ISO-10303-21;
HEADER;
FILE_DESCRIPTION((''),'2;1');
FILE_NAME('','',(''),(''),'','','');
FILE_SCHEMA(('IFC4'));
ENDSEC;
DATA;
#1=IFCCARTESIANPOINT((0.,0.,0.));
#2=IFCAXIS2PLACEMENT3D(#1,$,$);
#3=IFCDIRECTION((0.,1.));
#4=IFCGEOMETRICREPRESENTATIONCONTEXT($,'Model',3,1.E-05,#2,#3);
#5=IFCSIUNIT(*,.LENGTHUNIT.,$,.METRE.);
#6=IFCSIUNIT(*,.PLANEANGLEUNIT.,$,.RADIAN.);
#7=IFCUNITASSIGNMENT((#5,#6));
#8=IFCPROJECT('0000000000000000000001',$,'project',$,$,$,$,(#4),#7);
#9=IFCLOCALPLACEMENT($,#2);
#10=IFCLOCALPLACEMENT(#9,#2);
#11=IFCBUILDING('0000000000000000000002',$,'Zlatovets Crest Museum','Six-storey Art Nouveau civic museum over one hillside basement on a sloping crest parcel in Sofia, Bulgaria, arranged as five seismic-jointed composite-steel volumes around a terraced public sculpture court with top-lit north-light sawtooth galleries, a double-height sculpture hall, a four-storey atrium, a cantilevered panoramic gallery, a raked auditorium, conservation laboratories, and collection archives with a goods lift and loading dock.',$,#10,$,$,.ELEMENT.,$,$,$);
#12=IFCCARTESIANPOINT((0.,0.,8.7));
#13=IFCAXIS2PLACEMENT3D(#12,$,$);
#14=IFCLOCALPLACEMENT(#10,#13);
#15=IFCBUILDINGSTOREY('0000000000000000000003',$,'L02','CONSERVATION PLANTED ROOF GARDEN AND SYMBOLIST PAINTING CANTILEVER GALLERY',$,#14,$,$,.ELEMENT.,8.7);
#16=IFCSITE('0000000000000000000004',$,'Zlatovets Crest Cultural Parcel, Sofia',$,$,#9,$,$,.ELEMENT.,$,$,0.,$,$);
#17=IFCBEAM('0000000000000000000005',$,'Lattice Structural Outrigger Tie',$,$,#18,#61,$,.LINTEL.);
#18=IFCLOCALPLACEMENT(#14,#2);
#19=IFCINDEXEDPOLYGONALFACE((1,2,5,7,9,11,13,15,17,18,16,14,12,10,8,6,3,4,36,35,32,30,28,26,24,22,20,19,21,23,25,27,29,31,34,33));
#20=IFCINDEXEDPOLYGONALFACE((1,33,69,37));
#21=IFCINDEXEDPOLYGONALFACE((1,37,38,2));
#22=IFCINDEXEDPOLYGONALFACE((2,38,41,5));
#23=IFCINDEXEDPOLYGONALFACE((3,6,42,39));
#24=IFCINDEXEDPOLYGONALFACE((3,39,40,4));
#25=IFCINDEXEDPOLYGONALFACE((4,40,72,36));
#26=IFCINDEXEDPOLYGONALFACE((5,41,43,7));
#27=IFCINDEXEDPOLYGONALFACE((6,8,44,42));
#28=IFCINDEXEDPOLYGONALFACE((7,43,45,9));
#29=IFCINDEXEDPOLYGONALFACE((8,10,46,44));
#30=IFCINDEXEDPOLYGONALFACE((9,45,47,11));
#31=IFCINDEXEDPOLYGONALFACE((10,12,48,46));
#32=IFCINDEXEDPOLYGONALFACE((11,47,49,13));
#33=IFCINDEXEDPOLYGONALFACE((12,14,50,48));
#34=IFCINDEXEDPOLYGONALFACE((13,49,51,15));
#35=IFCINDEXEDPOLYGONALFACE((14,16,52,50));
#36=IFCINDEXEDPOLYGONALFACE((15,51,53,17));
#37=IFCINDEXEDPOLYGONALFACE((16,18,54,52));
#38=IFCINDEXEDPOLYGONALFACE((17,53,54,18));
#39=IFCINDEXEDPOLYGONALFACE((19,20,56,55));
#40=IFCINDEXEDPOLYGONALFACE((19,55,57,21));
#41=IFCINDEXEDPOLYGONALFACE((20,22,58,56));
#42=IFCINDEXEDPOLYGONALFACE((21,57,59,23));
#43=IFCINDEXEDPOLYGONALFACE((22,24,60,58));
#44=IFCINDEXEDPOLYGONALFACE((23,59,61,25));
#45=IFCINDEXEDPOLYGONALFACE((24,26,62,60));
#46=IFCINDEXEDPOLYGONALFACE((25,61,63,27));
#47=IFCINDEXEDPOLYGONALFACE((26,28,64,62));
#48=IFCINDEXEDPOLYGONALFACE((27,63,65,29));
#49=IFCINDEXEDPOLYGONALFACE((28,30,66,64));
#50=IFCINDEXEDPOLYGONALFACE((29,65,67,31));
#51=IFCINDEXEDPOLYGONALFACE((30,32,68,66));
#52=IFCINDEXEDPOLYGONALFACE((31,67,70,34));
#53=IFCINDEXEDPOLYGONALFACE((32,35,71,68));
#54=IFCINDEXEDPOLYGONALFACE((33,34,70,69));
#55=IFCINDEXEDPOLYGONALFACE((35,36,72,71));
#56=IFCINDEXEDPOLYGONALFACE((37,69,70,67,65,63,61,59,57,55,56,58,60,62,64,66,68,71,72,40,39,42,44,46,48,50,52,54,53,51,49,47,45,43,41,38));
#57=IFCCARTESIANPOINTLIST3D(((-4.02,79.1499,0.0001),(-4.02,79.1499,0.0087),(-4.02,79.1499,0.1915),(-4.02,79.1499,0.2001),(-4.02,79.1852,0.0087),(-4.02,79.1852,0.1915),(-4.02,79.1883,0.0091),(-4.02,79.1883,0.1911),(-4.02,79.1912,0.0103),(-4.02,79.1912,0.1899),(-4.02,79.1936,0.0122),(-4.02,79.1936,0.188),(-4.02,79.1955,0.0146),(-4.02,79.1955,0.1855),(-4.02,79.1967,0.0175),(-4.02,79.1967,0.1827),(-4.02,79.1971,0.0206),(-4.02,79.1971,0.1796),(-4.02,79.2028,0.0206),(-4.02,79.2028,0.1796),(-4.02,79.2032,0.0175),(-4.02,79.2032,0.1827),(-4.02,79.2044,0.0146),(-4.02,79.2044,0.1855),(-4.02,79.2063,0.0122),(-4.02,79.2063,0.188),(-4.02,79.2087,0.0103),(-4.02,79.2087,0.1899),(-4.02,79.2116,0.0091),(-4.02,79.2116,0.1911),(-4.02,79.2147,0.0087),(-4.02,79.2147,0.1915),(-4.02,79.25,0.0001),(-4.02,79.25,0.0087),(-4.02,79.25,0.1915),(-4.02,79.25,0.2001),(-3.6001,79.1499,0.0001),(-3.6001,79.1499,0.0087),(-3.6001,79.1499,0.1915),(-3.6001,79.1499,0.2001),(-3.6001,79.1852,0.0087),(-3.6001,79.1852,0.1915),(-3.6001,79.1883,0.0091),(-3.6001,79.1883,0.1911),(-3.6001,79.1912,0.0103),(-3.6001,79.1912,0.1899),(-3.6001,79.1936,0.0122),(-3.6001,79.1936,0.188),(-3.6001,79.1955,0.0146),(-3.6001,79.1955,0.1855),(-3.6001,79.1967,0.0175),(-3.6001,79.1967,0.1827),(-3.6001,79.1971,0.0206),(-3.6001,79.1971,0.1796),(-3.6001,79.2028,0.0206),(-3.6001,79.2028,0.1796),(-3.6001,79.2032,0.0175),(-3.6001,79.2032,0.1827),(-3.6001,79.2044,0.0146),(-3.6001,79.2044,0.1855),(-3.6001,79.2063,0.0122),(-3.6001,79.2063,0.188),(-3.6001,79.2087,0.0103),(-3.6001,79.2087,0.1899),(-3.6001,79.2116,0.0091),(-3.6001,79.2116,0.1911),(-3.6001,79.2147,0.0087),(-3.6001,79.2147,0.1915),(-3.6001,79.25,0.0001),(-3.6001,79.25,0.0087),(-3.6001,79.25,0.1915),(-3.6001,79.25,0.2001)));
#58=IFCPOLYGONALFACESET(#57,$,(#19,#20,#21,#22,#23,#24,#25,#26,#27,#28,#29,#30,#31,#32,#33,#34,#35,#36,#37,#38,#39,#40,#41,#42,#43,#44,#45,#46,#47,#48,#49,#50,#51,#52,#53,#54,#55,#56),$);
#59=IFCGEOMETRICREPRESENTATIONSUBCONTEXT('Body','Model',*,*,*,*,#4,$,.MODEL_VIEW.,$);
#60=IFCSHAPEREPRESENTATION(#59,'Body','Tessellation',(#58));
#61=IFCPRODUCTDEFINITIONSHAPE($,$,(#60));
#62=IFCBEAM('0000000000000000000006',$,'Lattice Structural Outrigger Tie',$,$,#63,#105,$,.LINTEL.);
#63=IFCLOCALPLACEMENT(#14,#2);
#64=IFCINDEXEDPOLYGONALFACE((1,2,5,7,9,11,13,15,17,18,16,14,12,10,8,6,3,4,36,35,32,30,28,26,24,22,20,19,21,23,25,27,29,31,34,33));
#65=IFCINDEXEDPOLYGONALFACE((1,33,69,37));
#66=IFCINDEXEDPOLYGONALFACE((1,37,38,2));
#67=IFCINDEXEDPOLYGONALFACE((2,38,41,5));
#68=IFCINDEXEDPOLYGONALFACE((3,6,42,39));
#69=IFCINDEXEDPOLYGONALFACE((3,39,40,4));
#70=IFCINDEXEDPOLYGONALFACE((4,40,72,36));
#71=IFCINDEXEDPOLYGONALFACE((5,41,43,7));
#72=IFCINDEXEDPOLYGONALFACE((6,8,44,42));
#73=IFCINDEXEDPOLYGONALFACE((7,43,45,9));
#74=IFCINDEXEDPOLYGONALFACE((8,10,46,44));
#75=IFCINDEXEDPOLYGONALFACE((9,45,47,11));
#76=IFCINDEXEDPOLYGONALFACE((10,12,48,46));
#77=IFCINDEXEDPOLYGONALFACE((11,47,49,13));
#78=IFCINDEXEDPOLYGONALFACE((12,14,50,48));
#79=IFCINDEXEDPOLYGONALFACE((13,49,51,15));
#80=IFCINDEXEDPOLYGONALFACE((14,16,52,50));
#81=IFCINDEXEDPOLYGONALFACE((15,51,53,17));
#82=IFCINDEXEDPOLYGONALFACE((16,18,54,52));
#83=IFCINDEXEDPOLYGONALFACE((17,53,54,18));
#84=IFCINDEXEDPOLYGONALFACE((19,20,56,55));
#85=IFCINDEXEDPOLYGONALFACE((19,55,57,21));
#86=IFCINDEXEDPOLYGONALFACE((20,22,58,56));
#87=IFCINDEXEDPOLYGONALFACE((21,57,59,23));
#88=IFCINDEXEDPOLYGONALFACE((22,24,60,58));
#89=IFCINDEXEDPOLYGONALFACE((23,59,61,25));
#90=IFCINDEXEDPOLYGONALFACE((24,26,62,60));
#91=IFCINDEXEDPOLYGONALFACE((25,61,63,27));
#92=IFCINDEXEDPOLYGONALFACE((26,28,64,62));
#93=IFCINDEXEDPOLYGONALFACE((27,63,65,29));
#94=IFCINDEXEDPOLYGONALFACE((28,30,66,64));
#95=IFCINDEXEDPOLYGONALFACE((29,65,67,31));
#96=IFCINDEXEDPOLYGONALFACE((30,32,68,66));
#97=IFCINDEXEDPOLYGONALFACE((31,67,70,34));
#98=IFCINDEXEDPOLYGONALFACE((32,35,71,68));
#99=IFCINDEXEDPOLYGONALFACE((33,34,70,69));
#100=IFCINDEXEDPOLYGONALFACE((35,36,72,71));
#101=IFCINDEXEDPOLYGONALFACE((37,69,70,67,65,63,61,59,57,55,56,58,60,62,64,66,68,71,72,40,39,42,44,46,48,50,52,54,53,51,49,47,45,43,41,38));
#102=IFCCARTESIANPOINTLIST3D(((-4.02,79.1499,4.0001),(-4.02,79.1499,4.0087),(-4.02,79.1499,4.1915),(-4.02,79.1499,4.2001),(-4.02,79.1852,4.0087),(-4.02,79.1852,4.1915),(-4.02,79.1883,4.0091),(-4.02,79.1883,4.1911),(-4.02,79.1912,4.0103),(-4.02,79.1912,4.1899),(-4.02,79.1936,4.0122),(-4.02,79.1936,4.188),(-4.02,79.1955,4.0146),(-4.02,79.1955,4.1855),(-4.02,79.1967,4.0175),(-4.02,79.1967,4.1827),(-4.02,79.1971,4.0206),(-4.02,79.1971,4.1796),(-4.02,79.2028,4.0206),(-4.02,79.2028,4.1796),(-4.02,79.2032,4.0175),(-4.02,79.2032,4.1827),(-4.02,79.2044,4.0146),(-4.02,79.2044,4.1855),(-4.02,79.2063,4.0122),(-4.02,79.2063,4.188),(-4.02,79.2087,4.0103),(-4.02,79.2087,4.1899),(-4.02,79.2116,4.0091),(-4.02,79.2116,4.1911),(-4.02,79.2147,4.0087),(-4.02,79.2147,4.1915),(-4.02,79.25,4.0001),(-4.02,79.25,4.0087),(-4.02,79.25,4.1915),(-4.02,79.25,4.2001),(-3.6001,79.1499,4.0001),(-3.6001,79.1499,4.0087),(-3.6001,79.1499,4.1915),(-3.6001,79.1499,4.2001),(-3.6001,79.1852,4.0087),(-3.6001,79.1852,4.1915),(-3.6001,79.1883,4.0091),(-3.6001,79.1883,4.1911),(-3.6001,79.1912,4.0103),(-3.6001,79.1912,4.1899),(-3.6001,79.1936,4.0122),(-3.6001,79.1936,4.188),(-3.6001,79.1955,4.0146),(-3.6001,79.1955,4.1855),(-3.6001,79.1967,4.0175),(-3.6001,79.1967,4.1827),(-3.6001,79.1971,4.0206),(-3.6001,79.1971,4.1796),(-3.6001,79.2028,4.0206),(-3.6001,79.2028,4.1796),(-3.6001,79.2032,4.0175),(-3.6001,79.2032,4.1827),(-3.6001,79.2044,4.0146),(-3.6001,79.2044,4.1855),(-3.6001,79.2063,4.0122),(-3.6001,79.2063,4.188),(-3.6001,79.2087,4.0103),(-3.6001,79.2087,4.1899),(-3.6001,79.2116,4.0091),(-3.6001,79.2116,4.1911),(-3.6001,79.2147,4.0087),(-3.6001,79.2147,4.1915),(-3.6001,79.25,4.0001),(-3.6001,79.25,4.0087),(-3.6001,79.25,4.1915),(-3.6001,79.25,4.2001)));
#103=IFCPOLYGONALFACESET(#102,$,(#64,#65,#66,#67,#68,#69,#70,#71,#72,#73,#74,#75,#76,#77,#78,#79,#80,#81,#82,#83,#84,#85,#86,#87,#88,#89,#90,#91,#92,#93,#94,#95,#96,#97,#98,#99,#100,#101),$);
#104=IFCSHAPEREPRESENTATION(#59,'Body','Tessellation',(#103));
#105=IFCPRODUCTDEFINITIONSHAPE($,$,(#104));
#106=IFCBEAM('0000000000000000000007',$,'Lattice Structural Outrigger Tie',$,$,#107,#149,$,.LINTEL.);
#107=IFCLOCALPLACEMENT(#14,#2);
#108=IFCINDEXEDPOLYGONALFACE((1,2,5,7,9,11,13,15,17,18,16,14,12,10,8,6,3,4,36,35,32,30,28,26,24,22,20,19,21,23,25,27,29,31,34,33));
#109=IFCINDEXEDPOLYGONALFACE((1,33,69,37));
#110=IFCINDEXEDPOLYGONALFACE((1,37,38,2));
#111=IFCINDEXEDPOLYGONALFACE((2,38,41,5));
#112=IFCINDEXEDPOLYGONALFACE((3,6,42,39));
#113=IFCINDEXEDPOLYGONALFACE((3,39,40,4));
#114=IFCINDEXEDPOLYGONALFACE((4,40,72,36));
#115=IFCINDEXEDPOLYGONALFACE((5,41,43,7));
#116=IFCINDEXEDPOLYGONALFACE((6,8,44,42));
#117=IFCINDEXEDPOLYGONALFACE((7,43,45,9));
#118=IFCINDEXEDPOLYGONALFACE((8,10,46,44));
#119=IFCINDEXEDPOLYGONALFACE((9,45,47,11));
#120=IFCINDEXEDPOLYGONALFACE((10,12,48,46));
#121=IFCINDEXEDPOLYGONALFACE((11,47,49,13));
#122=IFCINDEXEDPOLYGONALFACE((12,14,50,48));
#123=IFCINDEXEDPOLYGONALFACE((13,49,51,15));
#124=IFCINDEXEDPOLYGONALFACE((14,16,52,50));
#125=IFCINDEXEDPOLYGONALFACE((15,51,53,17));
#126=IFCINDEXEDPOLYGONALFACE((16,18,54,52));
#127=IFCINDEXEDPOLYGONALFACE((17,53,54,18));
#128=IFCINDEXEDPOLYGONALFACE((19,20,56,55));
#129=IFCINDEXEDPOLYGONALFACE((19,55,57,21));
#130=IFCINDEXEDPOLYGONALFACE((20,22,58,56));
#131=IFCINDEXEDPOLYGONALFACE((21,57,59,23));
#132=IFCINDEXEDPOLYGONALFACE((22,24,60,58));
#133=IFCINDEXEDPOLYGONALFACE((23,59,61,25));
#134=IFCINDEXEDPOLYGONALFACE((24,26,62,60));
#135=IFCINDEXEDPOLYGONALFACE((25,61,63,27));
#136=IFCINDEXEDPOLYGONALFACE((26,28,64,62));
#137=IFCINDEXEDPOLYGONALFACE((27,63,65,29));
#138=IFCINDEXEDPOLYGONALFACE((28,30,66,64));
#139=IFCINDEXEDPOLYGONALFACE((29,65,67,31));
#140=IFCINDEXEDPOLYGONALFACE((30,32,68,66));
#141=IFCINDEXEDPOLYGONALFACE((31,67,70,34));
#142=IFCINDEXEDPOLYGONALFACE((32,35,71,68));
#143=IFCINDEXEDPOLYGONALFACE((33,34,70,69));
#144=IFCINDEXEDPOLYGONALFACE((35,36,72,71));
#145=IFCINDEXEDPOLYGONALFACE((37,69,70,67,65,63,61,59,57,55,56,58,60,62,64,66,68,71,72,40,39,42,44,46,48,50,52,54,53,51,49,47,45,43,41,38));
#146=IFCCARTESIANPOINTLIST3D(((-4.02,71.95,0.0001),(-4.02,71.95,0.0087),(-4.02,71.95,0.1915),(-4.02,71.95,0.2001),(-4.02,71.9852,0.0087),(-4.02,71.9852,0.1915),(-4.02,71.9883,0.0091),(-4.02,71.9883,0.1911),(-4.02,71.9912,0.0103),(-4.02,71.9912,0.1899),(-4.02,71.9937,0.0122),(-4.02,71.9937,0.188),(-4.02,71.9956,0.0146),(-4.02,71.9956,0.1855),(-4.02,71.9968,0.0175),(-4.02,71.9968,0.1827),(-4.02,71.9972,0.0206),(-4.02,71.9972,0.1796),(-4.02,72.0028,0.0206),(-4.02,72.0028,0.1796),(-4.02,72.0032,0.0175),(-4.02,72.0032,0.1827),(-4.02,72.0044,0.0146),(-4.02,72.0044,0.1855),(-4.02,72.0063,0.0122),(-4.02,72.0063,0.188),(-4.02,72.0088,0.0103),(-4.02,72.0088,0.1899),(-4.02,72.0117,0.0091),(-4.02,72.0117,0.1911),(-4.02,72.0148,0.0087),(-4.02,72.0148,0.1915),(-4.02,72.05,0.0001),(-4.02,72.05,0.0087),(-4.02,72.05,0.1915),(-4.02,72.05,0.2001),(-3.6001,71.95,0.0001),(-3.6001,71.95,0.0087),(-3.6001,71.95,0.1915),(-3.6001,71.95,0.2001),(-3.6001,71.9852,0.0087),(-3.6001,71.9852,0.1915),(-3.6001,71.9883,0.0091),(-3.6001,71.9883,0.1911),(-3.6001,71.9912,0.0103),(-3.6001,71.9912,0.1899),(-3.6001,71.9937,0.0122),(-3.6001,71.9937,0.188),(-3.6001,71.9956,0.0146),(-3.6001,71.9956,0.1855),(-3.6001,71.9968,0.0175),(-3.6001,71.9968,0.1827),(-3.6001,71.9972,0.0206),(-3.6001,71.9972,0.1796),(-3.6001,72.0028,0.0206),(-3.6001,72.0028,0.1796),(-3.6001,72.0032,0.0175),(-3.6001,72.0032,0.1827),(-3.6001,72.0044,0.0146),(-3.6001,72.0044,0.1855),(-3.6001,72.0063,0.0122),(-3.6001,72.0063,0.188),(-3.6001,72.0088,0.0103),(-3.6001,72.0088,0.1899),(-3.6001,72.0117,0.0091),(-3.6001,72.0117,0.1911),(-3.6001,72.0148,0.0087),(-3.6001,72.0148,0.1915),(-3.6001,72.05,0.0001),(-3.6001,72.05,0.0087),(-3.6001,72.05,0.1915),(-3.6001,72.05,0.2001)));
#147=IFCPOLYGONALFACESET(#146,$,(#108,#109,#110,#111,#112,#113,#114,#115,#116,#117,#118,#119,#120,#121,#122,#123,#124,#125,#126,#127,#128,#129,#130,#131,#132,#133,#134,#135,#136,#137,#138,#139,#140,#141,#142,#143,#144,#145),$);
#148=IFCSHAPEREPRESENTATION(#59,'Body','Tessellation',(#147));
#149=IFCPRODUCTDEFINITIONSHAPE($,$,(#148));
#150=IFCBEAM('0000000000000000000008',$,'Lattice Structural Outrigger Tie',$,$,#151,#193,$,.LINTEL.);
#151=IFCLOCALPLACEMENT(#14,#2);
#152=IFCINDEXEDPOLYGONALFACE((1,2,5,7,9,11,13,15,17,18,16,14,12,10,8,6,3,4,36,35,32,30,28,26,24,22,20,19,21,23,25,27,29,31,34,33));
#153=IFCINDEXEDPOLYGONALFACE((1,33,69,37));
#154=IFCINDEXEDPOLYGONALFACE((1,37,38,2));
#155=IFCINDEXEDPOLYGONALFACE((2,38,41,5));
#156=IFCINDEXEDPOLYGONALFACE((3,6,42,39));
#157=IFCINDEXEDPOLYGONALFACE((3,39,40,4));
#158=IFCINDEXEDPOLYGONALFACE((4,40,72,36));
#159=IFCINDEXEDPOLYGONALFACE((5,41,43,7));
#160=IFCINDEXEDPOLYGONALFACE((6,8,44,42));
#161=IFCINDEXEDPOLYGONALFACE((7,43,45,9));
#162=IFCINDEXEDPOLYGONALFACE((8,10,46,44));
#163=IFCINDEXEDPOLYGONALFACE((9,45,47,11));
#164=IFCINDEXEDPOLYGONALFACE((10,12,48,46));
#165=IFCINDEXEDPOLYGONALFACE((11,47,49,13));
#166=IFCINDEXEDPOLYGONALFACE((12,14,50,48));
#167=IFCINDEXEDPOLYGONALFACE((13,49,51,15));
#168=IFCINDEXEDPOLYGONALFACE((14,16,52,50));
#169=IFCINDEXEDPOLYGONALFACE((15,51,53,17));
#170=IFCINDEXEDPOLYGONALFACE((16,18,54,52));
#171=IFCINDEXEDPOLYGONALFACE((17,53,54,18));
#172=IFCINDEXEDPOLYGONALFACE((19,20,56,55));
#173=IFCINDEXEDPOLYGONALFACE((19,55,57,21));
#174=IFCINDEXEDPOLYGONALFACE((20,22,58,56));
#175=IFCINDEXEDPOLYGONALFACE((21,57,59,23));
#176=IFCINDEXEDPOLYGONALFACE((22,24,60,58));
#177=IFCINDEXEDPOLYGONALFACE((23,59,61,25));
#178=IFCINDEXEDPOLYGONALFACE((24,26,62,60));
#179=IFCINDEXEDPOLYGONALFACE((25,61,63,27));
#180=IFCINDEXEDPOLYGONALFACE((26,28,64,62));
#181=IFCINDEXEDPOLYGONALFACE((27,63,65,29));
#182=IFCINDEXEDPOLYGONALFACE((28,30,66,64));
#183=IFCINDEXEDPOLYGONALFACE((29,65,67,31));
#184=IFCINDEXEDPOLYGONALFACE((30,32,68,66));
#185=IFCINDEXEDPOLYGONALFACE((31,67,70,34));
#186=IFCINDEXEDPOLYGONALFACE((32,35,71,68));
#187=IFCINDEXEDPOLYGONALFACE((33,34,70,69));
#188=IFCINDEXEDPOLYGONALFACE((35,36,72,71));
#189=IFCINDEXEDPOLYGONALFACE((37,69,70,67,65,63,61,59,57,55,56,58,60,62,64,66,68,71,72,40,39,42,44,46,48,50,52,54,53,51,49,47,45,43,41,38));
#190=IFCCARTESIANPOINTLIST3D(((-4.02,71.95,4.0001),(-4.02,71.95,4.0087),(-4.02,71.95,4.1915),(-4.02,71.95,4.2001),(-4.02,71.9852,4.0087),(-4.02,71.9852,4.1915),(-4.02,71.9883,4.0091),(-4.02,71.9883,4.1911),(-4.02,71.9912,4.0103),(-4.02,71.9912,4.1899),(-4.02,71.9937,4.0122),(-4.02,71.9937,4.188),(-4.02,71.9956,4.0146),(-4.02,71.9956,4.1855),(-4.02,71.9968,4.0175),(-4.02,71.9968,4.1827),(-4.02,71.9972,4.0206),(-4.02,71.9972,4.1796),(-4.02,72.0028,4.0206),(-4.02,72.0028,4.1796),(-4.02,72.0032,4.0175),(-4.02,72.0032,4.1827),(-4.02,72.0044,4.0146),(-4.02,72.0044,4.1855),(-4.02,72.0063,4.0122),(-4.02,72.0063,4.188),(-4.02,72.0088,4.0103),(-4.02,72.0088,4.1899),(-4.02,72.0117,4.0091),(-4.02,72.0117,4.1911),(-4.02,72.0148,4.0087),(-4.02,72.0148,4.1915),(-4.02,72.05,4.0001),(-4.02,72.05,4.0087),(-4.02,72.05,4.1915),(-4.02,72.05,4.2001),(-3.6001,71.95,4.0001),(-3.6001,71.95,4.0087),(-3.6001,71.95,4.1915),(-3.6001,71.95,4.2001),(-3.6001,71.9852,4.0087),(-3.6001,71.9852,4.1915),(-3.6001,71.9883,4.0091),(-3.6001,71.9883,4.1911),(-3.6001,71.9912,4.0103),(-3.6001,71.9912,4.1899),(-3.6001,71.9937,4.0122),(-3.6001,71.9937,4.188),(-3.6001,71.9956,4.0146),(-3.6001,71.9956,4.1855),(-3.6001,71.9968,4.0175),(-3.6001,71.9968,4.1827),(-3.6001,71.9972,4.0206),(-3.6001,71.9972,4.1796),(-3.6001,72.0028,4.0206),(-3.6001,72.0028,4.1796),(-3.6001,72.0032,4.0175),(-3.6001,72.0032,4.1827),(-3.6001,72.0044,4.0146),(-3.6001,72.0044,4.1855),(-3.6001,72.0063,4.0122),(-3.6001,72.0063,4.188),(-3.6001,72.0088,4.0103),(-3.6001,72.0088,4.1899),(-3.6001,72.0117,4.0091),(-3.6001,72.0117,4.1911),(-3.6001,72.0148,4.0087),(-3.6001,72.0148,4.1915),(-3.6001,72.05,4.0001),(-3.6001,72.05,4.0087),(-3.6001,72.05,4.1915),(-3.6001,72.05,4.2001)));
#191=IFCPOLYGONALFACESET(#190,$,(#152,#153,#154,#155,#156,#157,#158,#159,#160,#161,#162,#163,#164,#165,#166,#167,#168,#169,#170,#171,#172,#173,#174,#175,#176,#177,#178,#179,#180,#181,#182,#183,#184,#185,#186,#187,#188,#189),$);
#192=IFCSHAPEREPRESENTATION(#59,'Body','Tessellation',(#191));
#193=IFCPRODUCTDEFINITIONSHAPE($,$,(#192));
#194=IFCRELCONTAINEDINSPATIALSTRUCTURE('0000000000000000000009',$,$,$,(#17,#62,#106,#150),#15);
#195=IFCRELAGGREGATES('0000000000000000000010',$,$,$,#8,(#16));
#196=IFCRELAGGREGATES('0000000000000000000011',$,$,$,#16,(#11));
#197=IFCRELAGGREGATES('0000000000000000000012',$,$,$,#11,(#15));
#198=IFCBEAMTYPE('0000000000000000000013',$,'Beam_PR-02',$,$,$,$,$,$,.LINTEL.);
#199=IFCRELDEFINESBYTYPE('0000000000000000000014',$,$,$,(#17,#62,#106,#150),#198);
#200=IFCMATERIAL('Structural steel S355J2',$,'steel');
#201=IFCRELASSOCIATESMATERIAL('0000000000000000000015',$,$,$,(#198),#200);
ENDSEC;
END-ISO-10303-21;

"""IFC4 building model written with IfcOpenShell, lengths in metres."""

from ifc_helpers import new_model, si_unit, direction, frame, origin, origin_2d, place, context, subcontext, project, spatial, i_section, extrude, material, material_profile, profile_set, type_object, element, save


model = new_model("IFC4")

# Units and contexts
model_context = context("Model", 3, precision=1e-05, world=origin(), true_north=direction((0.0, 1.0)))
body_context = subcontext(model_context, "Body", "Model", "MODEL_VIEW")
ifc_project = project(units=[si_unit("LENGTHUNIT", "METRE"), si_unit("PLANEANGLEUNIT", "RADIAN")], contexts=[model_context])

# Site, building, storey
site_placement = place(None, origin())
site = spatial("IfcSite", under=ifc_project, at=site_placement, Name="Zlatovets Crest Cultural Parcel, Sofia", CompositionType="ELEMENT", RefElevation=0.0)
building_placement = place(site_placement, origin())
building = spatial("IfcBuilding", under=site, at=building_placement, Name="Zlatovets Crest Museum", Description="Six-storey Art Nouveau civic museum over one hillside basement on a sloping crest parcel in Sofia, Bulgaria, arranged as five seismic-jointed composite-steel volumes around a terraced public sculpture court with top-lit north-light sawtooth galleries, a double-height sculpture hall, a four-storey atrium, a cantilevered panoramic gallery, a raked auditorium, conservation laboratories, and collection archives with a goods lift and loading dock.", CompositionType="ELEMENT")
storey_placement = place(building_placement, frame((0.0, 0.0, 8.7)))
storey = spatial("IfcBuildingStorey", under=building, at=storey_placement, Name="L02", Description="CONSERVATION PLANTED ROOF GARDEN AND SYMBOLIST PAINTING CANTILEVER GALLERY", CompositionType="ELEMENT", Elevation=8.7)

# Beams
ifc_material_1 = material(Name="Structural steel S355J2", Category="steel")
ifc_material_profile_1 = material_profile(ifc_material_1, i_section(OverallWidth=0.1001, OverallDepth=0.2, WebThickness=0.0056, FlangeThickness=0.0085, FilletRadius=0.012, at=origin_2d()), Name="IPE 200")
ifc_profile_set_1 = profile_set([ifc_material_profile_1], Name="Structural steel S355J2")
beam_type_1 = type_object("IfcBeamType", Name="Beam_PR-02", PredefinedType="LINTEL", material=ifc_profile_set_1)
for number, where, z_axis, x_axis, name in (
    (1, (-3.6001, 79.2, 0.1001), (-1.0, 0.0, 0.0), (0.0, -1.0, 0.0), "Lattice Structural Outrigger Tie"),
    (2, (-3.6001, 79.2, 4.1001), (-1.0, 0.0, 0.0), (0.0, -1.0, 0.0), "Lattice Structural Outrigger Tie"),
    (3, (-3.6001, 72.0, 0.1001), (-1.0, 0.0, 0.0), (0.0, -1.0, 0.0), "Lattice Structural Outrigger Tie"),
    (4, (-3.6001, 72.0, 4.1001), (-1.0, 0.0, 0.0), (0.0, -1.0, 0.0), "Lattice Structural Outrigger Tie"),
):
    element("IfcBeam", number, at=place(storey_placement, frame(where, z_axis=z_axis, x_axis=x_axis)), inside=storey, type_object=beam_type_1, Name=name, PredefinedType="LINTEL", context=body_context, shape_type="SweptSolid", body=[
        extrude(i_section(OverallWidth=0.1001, OverallDepth=0.2, WebThickness=0.0056, FlangeThickness=0.0085, FilletRadius=0.012, at=origin_2d()), origin(), (0.0, 0.0, 1.0), 0.4199),
    ])

save(model, "model.ifc")
